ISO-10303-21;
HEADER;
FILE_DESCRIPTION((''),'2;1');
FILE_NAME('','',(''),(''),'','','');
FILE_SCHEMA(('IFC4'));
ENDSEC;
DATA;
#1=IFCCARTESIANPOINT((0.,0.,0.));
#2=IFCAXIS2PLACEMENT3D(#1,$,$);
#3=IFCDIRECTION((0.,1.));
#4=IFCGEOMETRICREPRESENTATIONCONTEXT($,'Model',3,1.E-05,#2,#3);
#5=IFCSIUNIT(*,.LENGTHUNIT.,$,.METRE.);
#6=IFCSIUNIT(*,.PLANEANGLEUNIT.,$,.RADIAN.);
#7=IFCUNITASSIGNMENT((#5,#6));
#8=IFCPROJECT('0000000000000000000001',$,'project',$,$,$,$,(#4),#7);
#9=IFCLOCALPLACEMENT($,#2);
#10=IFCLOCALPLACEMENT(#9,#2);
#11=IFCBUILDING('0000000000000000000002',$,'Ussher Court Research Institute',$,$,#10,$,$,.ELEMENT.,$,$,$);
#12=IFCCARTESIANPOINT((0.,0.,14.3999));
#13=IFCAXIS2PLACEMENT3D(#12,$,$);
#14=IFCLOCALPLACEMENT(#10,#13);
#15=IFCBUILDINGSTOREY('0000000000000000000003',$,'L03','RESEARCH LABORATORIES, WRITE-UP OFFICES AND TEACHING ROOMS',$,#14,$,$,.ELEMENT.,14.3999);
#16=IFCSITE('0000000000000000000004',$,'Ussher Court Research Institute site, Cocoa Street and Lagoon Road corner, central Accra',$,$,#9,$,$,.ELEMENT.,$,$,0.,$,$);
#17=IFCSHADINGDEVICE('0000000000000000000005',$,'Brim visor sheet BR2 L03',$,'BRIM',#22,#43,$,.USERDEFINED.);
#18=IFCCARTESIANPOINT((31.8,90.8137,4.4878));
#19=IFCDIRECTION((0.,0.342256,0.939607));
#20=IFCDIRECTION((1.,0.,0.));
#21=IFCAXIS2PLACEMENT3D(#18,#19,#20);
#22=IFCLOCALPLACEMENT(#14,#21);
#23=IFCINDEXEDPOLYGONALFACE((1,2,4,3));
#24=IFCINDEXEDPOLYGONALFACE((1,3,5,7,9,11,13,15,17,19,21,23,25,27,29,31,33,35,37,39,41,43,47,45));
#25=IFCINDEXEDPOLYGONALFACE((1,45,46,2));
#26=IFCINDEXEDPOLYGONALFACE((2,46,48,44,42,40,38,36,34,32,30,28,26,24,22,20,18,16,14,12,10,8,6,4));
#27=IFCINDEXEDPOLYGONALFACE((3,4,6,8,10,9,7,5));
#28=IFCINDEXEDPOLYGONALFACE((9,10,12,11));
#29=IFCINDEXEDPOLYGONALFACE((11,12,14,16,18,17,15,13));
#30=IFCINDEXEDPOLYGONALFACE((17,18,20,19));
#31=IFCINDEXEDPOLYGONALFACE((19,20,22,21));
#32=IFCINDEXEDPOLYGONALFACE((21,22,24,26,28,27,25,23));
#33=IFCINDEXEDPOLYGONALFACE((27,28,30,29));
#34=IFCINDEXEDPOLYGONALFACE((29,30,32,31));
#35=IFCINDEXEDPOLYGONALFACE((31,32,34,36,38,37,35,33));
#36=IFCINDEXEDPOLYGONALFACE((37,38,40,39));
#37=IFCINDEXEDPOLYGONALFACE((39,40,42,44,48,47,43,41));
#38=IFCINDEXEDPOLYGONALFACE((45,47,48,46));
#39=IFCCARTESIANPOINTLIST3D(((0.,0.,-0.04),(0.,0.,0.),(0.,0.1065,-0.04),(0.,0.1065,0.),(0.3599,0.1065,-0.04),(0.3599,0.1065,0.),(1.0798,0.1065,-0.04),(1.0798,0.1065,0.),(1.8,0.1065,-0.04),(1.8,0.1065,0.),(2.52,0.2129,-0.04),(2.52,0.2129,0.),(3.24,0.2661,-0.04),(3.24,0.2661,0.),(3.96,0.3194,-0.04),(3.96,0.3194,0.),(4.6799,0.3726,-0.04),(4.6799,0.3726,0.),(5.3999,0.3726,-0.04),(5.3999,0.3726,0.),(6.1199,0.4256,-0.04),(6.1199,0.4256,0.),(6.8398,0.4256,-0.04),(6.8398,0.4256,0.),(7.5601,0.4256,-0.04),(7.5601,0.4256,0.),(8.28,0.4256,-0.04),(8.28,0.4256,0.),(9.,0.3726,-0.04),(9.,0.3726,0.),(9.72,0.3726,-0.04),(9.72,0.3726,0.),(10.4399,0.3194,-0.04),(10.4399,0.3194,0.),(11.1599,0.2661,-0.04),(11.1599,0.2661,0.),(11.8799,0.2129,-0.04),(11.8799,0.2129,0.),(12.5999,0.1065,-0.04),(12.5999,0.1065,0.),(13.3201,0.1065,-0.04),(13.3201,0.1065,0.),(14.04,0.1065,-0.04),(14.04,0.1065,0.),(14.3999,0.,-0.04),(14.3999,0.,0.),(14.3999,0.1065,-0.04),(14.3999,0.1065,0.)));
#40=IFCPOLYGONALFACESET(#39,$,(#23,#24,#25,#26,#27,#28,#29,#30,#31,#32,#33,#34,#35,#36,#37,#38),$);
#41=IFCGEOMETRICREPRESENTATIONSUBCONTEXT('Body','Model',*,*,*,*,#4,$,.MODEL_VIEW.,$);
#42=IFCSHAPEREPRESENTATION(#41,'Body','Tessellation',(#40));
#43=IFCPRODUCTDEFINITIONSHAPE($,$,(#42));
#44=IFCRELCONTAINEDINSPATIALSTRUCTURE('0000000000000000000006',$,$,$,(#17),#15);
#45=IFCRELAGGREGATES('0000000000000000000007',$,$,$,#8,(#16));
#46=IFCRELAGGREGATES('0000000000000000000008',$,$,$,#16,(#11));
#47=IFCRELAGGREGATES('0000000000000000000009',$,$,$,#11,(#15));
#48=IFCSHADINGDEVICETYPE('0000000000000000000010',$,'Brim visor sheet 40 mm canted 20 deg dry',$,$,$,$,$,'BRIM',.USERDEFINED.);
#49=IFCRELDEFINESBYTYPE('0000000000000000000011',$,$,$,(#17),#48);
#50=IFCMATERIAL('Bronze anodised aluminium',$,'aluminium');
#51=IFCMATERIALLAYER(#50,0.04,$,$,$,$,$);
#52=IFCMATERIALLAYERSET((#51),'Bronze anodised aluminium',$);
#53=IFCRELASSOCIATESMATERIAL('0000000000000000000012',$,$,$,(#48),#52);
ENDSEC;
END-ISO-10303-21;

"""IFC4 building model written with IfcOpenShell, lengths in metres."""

from ifc_helpers import new_model, si_unit, direction, frame, origin, place, context, subcontext, project, spatial, polyline, outline, extrude, material, layer, layer_set, type_object, element, save


model = new_model("IFC4")

# Units and contexts
model_context = context("Model", 3, precision=1e-05, world=origin(), true_north=direction((0.0, 1.0)))
body_context = subcontext(model_context, "Body", "Model", "MODEL_VIEW")
ifc_project = project(units=[si_unit("LENGTHUNIT", "METRE"), si_unit("PLANEANGLEUNIT", "RADIAN")], contexts=[model_context])

# Site, building, storey
site_placement = place(None, origin())
site = spatial("IfcSite", under=ifc_project, at=site_placement, Name="Ussher Court Research Institute site, Cocoa Street and Lagoon Road corner, central Accra", CompositionType="ELEMENT", RefElevation=0.0)
building_placement = place(site_placement, origin())
building = spatial("IfcBuilding", under=site, at=building_placement, Name="Ussher Court Research Institute", CompositionType="ELEMENT")
storey_placement = place(building_placement, frame((0.0, 0.0, 14.3999)))
storey = spatial("IfcBuildingStorey", under=building, at=storey_placement, Name="L03", Description="RESEARCH LABORATORIES, WRITE-UP OFFICES AND TEACHING ROOMS", CompositionType="ELEMENT", Elevation=14.3999)

# Shading device
ifc_material_1 = material(Name="Bronze anodised aluminium", Category="aluminium")
ifc_layer_1 = layer(ifc_material_1, 0.04)
ifc_layer_set_1 = layer_set([ifc_layer_1], Name="Bronze anodised aluminium")
shading_device_type_1 = type_object("IfcShadingDeviceType", Name="Brim visor sheet 40 mm canted 20 deg dry", ElementType="BRIM", PredefinedType="USERDEFINED", material=ifc_layer_set_1)
shading_device_1_placement = place(storey_placement, frame((31.8, 90.8137, 4.4878), z_axis=(0.0, 0.342256, 0.939607), x_axis=(1.0, 0.0, 0.0)))
element("IfcShadingDevice", 1, at=shading_device_1_placement, inside=storey, type_object=shading_device_type_1, Name="Brim visor sheet BR2 L03", ObjectType="BRIM", PredefinedType="USERDEFINED", context=body_context, shape_type="SweptSolid", body=[
    extrude(outline(polyline([(0.0, 0.0), (14.3999, 0.0), (14.3999, 0.1065), (14.04, 0.1065), (13.3201, 0.1065), (12.5999, 0.1065), (11.8799, 0.2129), (11.1599, 0.2661), (10.4399, 0.3194), (9.72, 0.3726), (9.0, 0.3726), (8.28, 0.4256), (7.5601, 0.4256), (6.8398, 0.4256), (6.1199, 0.4256), (5.3999, 0.3726), (4.6799, 0.3726), (3.96, 0.3194), (3.24, 0.2661), (2.52, 0.2129), (1.8, 0.1065), (1.0798, 0.1065), (0.3599, 0.1065), (0.0, 0.1065), (0.0, 0.0)])), origin(), (0.0, 0.0, -1.0), 0.04),
])

save(model, "model.ifc")
